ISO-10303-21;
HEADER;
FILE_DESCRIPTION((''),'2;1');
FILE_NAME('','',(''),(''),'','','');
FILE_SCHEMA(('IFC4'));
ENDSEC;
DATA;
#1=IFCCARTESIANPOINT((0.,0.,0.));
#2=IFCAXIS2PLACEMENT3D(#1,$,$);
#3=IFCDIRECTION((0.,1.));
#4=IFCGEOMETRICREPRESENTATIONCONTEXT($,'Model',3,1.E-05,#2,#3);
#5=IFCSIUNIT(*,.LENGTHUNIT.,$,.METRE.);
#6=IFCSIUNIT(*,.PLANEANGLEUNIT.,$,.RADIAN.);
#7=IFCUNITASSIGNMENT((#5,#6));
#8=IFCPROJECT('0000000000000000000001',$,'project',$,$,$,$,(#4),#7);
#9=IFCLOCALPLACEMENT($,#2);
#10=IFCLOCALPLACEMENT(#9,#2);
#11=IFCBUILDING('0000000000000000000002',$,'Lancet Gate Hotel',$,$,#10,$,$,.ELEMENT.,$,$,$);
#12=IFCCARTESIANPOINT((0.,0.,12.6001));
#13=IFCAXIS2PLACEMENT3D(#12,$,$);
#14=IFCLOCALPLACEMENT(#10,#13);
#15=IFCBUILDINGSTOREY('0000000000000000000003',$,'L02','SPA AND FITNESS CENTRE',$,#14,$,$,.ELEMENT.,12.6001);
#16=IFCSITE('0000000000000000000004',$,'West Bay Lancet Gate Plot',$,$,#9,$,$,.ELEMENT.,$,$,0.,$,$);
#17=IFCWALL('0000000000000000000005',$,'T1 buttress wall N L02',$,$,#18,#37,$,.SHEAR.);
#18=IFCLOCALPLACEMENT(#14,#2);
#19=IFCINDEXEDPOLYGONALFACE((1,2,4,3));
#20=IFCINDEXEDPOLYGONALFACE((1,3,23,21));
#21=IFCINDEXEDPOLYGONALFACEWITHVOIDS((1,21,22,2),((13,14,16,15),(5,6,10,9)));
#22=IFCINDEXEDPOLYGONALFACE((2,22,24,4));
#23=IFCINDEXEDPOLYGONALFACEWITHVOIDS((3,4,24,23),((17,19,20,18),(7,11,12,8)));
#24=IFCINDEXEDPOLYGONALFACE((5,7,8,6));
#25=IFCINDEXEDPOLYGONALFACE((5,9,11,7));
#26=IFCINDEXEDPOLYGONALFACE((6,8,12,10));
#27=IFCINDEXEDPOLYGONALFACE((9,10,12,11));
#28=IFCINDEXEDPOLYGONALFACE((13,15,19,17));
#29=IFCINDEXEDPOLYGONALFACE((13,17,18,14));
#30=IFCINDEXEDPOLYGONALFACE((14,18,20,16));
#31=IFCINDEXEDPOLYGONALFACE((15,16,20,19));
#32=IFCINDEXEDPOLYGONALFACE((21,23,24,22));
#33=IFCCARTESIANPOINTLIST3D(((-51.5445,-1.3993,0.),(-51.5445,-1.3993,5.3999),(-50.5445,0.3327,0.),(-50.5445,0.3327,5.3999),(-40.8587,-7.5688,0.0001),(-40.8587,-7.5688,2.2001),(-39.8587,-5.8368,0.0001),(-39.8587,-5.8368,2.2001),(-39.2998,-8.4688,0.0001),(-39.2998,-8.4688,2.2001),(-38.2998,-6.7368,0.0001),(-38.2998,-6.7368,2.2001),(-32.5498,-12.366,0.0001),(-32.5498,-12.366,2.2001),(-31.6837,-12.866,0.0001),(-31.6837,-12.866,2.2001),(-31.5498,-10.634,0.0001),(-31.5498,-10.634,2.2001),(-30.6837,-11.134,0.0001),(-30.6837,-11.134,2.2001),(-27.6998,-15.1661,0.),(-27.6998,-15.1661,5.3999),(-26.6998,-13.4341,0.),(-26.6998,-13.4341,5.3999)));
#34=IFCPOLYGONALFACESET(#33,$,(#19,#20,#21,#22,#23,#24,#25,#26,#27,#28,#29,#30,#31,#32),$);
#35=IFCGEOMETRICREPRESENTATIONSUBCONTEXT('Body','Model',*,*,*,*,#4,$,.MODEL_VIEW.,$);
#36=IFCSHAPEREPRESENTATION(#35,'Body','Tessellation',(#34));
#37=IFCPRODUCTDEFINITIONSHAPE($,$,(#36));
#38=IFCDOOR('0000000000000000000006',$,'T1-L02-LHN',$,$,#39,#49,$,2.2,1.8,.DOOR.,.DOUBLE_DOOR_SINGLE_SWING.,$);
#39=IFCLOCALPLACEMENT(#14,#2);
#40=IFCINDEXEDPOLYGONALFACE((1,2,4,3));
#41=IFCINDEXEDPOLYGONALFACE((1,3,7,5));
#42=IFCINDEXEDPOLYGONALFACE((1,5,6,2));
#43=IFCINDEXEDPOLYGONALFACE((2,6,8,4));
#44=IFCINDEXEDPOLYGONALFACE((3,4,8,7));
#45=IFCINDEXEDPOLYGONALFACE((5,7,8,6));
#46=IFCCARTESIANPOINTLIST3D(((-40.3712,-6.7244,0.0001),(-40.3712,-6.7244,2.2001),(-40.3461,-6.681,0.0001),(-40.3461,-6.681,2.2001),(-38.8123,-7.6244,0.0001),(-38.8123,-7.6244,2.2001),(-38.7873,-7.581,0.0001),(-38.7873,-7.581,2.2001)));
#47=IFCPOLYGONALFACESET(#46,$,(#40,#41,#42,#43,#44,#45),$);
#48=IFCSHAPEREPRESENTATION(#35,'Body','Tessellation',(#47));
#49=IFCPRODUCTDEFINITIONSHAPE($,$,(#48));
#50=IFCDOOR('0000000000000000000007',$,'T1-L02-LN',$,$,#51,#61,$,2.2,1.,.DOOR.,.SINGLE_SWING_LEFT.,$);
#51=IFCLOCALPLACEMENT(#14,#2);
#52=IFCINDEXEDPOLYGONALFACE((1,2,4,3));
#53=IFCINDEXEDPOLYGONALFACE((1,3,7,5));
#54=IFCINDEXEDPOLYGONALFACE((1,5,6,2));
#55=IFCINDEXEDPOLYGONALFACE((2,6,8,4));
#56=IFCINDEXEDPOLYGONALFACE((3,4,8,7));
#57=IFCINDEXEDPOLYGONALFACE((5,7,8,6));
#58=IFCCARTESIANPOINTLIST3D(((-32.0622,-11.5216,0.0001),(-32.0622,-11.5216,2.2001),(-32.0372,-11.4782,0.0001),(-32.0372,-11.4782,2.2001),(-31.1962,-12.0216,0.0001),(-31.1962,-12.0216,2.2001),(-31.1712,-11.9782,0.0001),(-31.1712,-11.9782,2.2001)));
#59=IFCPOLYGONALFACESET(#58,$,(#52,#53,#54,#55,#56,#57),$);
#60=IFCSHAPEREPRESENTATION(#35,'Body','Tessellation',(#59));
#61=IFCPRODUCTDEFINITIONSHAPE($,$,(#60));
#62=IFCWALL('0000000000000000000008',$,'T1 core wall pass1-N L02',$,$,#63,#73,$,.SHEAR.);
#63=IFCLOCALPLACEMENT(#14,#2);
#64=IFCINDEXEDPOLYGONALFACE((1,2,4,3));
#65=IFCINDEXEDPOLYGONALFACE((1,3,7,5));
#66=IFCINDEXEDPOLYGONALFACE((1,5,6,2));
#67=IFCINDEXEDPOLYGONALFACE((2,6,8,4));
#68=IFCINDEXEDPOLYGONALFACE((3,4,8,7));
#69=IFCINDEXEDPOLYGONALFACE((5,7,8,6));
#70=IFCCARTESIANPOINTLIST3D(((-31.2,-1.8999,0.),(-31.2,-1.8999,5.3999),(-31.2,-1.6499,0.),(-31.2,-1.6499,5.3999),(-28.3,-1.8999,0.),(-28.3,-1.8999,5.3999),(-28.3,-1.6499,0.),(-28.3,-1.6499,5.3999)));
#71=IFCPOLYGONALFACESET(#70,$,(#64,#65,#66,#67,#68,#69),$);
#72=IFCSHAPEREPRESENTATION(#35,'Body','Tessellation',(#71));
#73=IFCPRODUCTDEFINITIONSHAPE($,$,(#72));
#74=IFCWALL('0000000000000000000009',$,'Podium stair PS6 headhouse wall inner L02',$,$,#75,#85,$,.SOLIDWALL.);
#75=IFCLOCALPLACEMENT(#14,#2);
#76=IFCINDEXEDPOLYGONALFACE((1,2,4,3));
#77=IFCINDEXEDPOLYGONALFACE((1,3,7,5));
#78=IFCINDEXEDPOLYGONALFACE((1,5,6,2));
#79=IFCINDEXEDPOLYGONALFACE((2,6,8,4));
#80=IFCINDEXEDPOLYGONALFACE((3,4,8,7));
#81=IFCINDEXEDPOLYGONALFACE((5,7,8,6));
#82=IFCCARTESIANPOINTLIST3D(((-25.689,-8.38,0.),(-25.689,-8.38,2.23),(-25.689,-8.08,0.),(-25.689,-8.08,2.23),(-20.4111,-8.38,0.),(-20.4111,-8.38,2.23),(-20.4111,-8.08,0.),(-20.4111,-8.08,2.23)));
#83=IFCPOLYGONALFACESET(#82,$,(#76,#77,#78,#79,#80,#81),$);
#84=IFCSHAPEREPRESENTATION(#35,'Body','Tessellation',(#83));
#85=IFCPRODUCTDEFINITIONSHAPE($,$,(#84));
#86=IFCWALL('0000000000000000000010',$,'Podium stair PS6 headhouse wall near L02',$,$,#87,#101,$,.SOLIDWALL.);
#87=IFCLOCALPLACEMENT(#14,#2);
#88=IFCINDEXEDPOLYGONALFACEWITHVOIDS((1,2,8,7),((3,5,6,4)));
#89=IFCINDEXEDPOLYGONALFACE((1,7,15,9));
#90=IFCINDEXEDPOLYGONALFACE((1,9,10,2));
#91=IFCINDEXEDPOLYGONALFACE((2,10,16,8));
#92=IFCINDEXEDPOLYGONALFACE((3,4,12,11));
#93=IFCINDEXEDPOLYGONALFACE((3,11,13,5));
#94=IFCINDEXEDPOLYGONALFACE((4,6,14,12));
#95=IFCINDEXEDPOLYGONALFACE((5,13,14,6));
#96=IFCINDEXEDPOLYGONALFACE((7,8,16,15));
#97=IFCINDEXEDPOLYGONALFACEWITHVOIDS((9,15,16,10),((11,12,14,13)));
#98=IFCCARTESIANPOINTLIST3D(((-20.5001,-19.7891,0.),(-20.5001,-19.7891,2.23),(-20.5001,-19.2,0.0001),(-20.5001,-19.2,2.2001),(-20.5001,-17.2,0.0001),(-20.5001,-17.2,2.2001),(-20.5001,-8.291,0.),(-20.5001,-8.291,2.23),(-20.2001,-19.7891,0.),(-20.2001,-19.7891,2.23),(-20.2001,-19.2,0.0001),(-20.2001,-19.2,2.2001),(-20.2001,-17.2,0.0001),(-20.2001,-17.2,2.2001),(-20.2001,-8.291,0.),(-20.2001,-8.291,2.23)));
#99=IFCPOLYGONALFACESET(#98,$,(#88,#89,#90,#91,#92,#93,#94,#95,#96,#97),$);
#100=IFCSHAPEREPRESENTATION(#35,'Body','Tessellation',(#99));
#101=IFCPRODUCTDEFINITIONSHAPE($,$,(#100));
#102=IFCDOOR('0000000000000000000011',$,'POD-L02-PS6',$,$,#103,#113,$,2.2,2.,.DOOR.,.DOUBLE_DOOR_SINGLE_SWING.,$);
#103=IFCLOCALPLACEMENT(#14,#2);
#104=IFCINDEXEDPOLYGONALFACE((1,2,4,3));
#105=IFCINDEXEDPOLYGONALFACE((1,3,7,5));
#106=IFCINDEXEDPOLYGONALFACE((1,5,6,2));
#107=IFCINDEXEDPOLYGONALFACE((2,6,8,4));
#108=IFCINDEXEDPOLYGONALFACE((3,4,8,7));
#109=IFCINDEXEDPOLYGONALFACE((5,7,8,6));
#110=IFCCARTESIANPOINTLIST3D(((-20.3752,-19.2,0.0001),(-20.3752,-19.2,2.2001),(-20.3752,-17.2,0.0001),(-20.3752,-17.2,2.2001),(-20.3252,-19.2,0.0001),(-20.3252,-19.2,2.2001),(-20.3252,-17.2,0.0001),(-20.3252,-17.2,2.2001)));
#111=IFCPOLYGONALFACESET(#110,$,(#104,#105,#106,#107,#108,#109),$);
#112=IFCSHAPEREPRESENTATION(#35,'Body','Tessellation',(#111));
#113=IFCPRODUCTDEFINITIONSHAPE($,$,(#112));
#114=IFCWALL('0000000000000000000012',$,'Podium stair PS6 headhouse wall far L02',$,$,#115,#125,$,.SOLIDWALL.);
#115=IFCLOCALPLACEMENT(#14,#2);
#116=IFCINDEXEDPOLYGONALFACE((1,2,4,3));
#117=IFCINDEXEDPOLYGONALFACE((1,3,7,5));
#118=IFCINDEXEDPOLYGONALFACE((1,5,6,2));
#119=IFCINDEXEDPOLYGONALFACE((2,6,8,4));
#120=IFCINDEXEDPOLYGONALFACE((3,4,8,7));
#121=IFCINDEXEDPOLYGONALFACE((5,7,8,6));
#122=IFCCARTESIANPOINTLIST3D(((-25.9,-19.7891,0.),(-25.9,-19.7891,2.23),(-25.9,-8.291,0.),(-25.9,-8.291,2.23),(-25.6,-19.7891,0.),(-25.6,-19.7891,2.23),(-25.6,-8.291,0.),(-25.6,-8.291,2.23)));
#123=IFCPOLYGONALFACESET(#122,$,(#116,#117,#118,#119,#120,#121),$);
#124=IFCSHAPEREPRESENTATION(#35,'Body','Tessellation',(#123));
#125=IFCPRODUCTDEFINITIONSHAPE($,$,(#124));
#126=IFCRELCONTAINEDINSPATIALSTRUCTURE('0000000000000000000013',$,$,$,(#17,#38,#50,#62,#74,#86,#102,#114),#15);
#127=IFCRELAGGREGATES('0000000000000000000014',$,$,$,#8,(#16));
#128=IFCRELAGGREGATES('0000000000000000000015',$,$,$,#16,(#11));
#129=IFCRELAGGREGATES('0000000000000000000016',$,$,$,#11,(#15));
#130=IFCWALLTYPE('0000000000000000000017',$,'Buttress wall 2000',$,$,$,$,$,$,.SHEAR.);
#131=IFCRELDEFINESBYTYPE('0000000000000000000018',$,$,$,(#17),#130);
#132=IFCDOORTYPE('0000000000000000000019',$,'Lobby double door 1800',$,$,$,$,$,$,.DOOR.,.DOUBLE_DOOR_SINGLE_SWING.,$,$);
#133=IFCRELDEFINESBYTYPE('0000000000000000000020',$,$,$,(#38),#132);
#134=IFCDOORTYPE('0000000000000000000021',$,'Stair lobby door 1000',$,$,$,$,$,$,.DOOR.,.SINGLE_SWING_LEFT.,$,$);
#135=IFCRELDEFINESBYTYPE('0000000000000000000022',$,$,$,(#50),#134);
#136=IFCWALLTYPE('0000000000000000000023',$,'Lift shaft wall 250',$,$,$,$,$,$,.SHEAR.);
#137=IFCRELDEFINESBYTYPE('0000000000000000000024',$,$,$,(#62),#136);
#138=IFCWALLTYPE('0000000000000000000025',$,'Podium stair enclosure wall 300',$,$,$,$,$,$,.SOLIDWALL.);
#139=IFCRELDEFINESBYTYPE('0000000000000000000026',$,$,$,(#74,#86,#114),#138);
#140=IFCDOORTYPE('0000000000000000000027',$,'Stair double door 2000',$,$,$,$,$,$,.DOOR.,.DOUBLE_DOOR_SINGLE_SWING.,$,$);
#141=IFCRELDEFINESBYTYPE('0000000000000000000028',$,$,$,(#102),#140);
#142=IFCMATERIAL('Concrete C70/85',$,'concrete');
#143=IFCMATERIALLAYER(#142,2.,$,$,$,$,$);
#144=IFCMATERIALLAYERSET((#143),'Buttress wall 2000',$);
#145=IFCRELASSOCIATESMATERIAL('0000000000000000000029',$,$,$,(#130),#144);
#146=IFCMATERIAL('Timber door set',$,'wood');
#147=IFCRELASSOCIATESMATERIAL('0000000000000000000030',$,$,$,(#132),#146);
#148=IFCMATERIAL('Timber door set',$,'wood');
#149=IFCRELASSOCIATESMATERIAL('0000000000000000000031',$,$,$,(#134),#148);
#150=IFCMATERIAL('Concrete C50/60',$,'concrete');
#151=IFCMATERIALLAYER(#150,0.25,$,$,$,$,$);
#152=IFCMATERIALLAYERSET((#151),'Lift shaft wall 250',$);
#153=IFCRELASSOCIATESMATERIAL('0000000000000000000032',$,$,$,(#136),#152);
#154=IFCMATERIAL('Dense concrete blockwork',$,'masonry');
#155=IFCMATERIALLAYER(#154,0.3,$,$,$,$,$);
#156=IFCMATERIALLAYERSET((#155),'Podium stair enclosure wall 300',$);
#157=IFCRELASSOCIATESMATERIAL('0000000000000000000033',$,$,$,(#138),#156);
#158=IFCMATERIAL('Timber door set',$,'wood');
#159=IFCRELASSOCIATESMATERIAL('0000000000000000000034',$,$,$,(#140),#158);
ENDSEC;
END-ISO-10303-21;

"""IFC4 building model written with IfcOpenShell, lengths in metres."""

from ifc_helpers import new_model, si_unit, direction, frame, frame_2d, origin, place, context, subcontext, project, spatial, rectangle, extrude, material, layer, layer_set, type_object, element, fill, save


model = new_model("IFC4")

# Units and contexts
model_context = context("Model", 3, precision=1e-05, world=origin(), true_north=direction((0.0, 1.0)))
body_context = subcontext(model_context, "Body", "Model", "MODEL_VIEW")
ifc_project = project(units=[si_unit("LENGTHUNIT", "METRE"), si_unit("PLANEANGLEUNIT", "RADIAN")], contexts=[model_context])

# Site, building, storey
site_placement = place(None, origin())
site = spatial("IfcSite", under=ifc_project, at=site_placement, Name="West Bay Lancet Gate Plot", CompositionType="ELEMENT", RefElevation=0.0)
building_placement = place(site_placement, origin())
building = spatial("IfcBuilding", under=site, at=building_placement, Name="Lancet Gate Hotel", CompositionType="ELEMENT")
storey_placement = place(building_placement, frame((0.0, 0.0, 12.6001)))
storey = spatial("IfcBuildingStorey", under=building, at=storey_placement, Name="L02", Description="SPA AND FITNESS CENTRE", CompositionType="ELEMENT", Elevation=12.6001)

# Wall, openings, doors
ifc_material_1 = material(Name="Concrete C70/85", Category="concrete")
ifc_layer_1 = layer(ifc_material_1, 2.0)
ifc_layer_set_1 = layer_set([ifc_layer_1], Name="Buttress wall 2000")
wall_type_1 = type_object("IfcWallType", Name="Buttress wall 2000", PredefinedType="SHEAR", material=ifc_layer_set_1)
wall_1_placement = place(storey_placement, frame((-27.2, -14.3, 0.0), z_axis=(0.0, 0.0, 1.0), x_axis=(-0.866024, 0.500002, 0.0)))
wall_1 = element("IfcWall", 1, at=wall_1_placement, inside=storey, type_object=wall_type_1, Name="T1 buttress wall N L02", PredefinedType="SHEAR", context=body_context, shape_type="SweptSolid", body=[
    extrude(rectangle(XDim=27.5334, YDim=2.0, at=frame_2d((13.7666, 0.0))), origin(), (0.0, 0.0, 1.0), 5.3999),
])
opening_1_placement = place(wall_1_placement, frame((4.6001, 0.0, 0.0)))
opening_1 = element("IfcOpeningElement", 2, at=opening_1_placement, cuts=wall_1, PredefinedType="OPENING", context=body_context, shape_type="SweptSolid", body=[
    extrude(rectangle(XDim=1.0, YDim=2.2, at=frame_2d((0.5, 1.1001))), frame((0.0, 1.01, 0.0), z_axis=(0.0, -1.0, 0.0), x_axis=(1.0, 0.0, 0.0)), (0.0, 0.0, 1.0), 2.02),
])
opening_2_placement = place(wall_1_placement, frame((13.3945, 0.0, 0.0)))
opening_2 = element("IfcOpeningElement", 3, at=opening_2_placement, cuts=wall_1, PredefinedType="OPENING", context=body_context, shape_type="SweptSolid", body=[
    extrude(rectangle(XDim=1.8, YDim=2.2, at=frame_2d((0.8999, 1.1001))), frame((0.0, 1.01, 0.0), z_axis=(0.0, -1.0, 0.0), x_axis=(1.0, 0.0, 0.0)), (0.0, 0.0, 1.0), 2.02),
])
ifc_material_2 = material(Name="Timber door set", Category="wood")
door_type_1 = type_object("IfcDoorType", Name="Lobby double door 1800", OperationType="DOUBLE_DOOR_SINGLE_SWING", PredefinedType="DOOR", material=ifc_material_2)
door_1_placement = place(opening_2_placement, origin())
door_1 = element("IfcDoor", 4, at=door_1_placement, inside=storey, type_object=door_type_1, Name="T1-L02-LHN", OperationType="DOUBLE_DOOR_SINGLE_SWING", OverallHeight=2.2, OverallWidth=1.8, PredefinedType="DOOR", context=body_context, shape_type="SweptSolid", body=[
    extrude(rectangle(XDim=1.8, YDim=2.2, at=frame_2d((0.8999, 1.1001))), frame((0.0, 0.0249, 0.0), z_axis=(0.0, -1.0, 0.0), x_axis=(1.0, 0.0, 0.0)), (0.0, 0.0, 1.0), 0.05),
])
fill(opening_2, door_1)
ifc_material_3 = material(Name="Timber door set", Category="wood")
door_type_2 = type_object("IfcDoorType", Name="Stair lobby door 1000", OperationType="SINGLE_SWING_LEFT", PredefinedType="DOOR", material=ifc_material_3)
door_2_placement = place(opening_1_placement, origin())
door_2 = element("IfcDoor", 5, at=door_2_placement, inside=storey, type_object=door_type_2, Name="T1-L02-LN", OperationType="SINGLE_SWING_LEFT", OverallHeight=2.2, OverallWidth=1.0, PredefinedType="DOOR", context=body_context, shape_type="SweptSolid", body=[
    extrude(rectangle(XDim=1.0, YDim=2.2, at=frame_2d((0.5, 1.1001))), frame((0.0, 0.0249, 0.0), z_axis=(0.0, -1.0, 0.0), x_axis=(1.0, 0.0, 0.0)), (0.0, 0.0, 1.0), 0.05),
])
fill(opening_1, door_2)

# Walls
ifc_material_4 = material(Name="Concrete C50/60", Category="concrete")
ifc_layer_2 = layer(ifc_material_4, 0.25)
ifc_layer_set_2 = layer_set([ifc_layer_2], Name="Lift shaft wall 250")
wall_type_2 = type_object("IfcWallType", Name="Lift shaft wall 250", PredefinedType="SHEAR", material=ifc_layer_set_2)
wall_2_placement = place(storey_placement, frame((-28.3, -1.7749, 0.0), z_axis=(0.0, 0.0, 1.0), x_axis=(-1.0, 0.0, 0.0)))
element("IfcWall", 6, at=wall_2_placement, inside=storey, type_object=wall_type_2, Name="T1 core wall pass1-N L02", PredefinedType="SHEAR", context=body_context, shape_type="SweptSolid", body=[
    extrude(rectangle(XDim=2.8999, YDim=0.25, at=frame_2d((1.45, 0.0))), origin(), (0.0, 0.0, 1.0), 5.3999),
])
ifc_material_5 = material(Name="Dense concrete blockwork", Category="masonry")
ifc_layer_3 = layer(ifc_material_5, 0.3)
ifc_layer_set_3 = layer_set([ifc_layer_3], Name="Podium stair enclosure wall 300")
wall_type_3 = type_object("IfcWallType", Name="Podium stair enclosure wall 300", PredefinedType="SOLIDWALL", material=ifc_layer_set_3)
wall_3_placement = place(storey_placement, frame((-25.689, -8.23, 0.0), z_axis=(0.0, 0.0, 1.0), x_axis=(1.0, 0.0, 0.0)))
element("IfcWall", 7, at=wall_3_placement, inside=storey, type_object=wall_type_3, Name="Podium stair PS6 headhouse wall inner L02", PredefinedType="SOLIDWALL", context=body_context, shape_type="SweptSolid", body=[
    extrude(rectangle(XDim=5.2778, YDim=0.3, at=frame_2d((2.6389, 0.0))), origin(), (0.0, 0.0, 1.0), 2.23),
])

# Wall, opening, door
wall_4_placement = place(storey_placement, frame((-20.3501, -8.291, 0.0), z_axis=(0.0, 0.0, 1.0), x_axis=(0.0, -1.0, 0.0)))
wall_4 = element("IfcWall", 8, at=wall_4_placement, inside=storey, type_object=wall_type_3, Name="Podium stair PS6 headhouse wall near L02", PredefinedType="SOLIDWALL", context=body_context, shape_type="SweptSolid", body=[
    extrude(rectangle(XDim=11.498, YDim=0.3, at=frame_2d((5.749, 0.0))), origin(), (0.0, 0.0, 1.0), 2.23),
])
opening_3_placement = place(wall_4_placement, frame((8.9089, 0.0, 0.0)))
opening_3 = element("IfcOpeningElement", 9, at=opening_3_placement, cuts=wall_4, PredefinedType="OPENING", context=body_context, shape_type="SweptSolid", body=[
    extrude(rectangle(XDim=2.0, YDim=2.2, at=frame_2d((1.0, 1.1001))), frame((0.0, 0.1599, 0.0), z_axis=(0.0, -1.0, 0.0), x_axis=(1.0, 0.0, 0.0)), (0.0, 0.0, 1.0), 0.3201),
])
ifc_material_6 = material(Name="Timber door set", Category="wood")
door_type_3 = type_object("IfcDoorType", Name="Stair double door 2000", OperationType="DOUBLE_DOOR_SINGLE_SWING", PredefinedType="DOOR", material=ifc_material_6)
door_3_placement = place(opening_3_placement, origin())
door_3 = element("IfcDoor", 10, at=door_3_placement, inside=storey, type_object=door_type_3, Name="POD-L02-PS6", OperationType="DOUBLE_DOOR_SINGLE_SWING", OverallHeight=2.2, OverallWidth=2.0, PredefinedType="DOOR", context=body_context, shape_type="SweptSolid", body=[
    extrude(rectangle(XDim=2.0, YDim=2.2, at=frame_2d((1.0, 1.1001))), frame((0.0, 0.0249, 0.0), z_axis=(0.0, -1.0, 0.0), x_axis=(1.0, 0.0, 0.0)), (0.0, 0.0, 1.0), 0.05),
])
fill(opening_3, door_3)

# Wall
wall_5_placement = place(storey_placement, frame((-25.75, -8.291, 0.0), z_axis=(0.0, 0.0, 1.0), x_axis=(0.0, -1.0, 0.0)))
element("IfcWall", 11, at=wall_5_placement, inside=storey, type_object=wall_type_3, Name="Podium stair PS6 headhouse wall far L02", PredefinedType="SOLIDWALL", context=body_context, shape_type="SweptSolid", body=[
    extrude(rectangle(XDim=11.498, YDim=0.3, at=frame_2d((5.749, 0.0))), origin(), (0.0, 0.0, 1.0), 2.23),
])

save(model, "model.ifc")
